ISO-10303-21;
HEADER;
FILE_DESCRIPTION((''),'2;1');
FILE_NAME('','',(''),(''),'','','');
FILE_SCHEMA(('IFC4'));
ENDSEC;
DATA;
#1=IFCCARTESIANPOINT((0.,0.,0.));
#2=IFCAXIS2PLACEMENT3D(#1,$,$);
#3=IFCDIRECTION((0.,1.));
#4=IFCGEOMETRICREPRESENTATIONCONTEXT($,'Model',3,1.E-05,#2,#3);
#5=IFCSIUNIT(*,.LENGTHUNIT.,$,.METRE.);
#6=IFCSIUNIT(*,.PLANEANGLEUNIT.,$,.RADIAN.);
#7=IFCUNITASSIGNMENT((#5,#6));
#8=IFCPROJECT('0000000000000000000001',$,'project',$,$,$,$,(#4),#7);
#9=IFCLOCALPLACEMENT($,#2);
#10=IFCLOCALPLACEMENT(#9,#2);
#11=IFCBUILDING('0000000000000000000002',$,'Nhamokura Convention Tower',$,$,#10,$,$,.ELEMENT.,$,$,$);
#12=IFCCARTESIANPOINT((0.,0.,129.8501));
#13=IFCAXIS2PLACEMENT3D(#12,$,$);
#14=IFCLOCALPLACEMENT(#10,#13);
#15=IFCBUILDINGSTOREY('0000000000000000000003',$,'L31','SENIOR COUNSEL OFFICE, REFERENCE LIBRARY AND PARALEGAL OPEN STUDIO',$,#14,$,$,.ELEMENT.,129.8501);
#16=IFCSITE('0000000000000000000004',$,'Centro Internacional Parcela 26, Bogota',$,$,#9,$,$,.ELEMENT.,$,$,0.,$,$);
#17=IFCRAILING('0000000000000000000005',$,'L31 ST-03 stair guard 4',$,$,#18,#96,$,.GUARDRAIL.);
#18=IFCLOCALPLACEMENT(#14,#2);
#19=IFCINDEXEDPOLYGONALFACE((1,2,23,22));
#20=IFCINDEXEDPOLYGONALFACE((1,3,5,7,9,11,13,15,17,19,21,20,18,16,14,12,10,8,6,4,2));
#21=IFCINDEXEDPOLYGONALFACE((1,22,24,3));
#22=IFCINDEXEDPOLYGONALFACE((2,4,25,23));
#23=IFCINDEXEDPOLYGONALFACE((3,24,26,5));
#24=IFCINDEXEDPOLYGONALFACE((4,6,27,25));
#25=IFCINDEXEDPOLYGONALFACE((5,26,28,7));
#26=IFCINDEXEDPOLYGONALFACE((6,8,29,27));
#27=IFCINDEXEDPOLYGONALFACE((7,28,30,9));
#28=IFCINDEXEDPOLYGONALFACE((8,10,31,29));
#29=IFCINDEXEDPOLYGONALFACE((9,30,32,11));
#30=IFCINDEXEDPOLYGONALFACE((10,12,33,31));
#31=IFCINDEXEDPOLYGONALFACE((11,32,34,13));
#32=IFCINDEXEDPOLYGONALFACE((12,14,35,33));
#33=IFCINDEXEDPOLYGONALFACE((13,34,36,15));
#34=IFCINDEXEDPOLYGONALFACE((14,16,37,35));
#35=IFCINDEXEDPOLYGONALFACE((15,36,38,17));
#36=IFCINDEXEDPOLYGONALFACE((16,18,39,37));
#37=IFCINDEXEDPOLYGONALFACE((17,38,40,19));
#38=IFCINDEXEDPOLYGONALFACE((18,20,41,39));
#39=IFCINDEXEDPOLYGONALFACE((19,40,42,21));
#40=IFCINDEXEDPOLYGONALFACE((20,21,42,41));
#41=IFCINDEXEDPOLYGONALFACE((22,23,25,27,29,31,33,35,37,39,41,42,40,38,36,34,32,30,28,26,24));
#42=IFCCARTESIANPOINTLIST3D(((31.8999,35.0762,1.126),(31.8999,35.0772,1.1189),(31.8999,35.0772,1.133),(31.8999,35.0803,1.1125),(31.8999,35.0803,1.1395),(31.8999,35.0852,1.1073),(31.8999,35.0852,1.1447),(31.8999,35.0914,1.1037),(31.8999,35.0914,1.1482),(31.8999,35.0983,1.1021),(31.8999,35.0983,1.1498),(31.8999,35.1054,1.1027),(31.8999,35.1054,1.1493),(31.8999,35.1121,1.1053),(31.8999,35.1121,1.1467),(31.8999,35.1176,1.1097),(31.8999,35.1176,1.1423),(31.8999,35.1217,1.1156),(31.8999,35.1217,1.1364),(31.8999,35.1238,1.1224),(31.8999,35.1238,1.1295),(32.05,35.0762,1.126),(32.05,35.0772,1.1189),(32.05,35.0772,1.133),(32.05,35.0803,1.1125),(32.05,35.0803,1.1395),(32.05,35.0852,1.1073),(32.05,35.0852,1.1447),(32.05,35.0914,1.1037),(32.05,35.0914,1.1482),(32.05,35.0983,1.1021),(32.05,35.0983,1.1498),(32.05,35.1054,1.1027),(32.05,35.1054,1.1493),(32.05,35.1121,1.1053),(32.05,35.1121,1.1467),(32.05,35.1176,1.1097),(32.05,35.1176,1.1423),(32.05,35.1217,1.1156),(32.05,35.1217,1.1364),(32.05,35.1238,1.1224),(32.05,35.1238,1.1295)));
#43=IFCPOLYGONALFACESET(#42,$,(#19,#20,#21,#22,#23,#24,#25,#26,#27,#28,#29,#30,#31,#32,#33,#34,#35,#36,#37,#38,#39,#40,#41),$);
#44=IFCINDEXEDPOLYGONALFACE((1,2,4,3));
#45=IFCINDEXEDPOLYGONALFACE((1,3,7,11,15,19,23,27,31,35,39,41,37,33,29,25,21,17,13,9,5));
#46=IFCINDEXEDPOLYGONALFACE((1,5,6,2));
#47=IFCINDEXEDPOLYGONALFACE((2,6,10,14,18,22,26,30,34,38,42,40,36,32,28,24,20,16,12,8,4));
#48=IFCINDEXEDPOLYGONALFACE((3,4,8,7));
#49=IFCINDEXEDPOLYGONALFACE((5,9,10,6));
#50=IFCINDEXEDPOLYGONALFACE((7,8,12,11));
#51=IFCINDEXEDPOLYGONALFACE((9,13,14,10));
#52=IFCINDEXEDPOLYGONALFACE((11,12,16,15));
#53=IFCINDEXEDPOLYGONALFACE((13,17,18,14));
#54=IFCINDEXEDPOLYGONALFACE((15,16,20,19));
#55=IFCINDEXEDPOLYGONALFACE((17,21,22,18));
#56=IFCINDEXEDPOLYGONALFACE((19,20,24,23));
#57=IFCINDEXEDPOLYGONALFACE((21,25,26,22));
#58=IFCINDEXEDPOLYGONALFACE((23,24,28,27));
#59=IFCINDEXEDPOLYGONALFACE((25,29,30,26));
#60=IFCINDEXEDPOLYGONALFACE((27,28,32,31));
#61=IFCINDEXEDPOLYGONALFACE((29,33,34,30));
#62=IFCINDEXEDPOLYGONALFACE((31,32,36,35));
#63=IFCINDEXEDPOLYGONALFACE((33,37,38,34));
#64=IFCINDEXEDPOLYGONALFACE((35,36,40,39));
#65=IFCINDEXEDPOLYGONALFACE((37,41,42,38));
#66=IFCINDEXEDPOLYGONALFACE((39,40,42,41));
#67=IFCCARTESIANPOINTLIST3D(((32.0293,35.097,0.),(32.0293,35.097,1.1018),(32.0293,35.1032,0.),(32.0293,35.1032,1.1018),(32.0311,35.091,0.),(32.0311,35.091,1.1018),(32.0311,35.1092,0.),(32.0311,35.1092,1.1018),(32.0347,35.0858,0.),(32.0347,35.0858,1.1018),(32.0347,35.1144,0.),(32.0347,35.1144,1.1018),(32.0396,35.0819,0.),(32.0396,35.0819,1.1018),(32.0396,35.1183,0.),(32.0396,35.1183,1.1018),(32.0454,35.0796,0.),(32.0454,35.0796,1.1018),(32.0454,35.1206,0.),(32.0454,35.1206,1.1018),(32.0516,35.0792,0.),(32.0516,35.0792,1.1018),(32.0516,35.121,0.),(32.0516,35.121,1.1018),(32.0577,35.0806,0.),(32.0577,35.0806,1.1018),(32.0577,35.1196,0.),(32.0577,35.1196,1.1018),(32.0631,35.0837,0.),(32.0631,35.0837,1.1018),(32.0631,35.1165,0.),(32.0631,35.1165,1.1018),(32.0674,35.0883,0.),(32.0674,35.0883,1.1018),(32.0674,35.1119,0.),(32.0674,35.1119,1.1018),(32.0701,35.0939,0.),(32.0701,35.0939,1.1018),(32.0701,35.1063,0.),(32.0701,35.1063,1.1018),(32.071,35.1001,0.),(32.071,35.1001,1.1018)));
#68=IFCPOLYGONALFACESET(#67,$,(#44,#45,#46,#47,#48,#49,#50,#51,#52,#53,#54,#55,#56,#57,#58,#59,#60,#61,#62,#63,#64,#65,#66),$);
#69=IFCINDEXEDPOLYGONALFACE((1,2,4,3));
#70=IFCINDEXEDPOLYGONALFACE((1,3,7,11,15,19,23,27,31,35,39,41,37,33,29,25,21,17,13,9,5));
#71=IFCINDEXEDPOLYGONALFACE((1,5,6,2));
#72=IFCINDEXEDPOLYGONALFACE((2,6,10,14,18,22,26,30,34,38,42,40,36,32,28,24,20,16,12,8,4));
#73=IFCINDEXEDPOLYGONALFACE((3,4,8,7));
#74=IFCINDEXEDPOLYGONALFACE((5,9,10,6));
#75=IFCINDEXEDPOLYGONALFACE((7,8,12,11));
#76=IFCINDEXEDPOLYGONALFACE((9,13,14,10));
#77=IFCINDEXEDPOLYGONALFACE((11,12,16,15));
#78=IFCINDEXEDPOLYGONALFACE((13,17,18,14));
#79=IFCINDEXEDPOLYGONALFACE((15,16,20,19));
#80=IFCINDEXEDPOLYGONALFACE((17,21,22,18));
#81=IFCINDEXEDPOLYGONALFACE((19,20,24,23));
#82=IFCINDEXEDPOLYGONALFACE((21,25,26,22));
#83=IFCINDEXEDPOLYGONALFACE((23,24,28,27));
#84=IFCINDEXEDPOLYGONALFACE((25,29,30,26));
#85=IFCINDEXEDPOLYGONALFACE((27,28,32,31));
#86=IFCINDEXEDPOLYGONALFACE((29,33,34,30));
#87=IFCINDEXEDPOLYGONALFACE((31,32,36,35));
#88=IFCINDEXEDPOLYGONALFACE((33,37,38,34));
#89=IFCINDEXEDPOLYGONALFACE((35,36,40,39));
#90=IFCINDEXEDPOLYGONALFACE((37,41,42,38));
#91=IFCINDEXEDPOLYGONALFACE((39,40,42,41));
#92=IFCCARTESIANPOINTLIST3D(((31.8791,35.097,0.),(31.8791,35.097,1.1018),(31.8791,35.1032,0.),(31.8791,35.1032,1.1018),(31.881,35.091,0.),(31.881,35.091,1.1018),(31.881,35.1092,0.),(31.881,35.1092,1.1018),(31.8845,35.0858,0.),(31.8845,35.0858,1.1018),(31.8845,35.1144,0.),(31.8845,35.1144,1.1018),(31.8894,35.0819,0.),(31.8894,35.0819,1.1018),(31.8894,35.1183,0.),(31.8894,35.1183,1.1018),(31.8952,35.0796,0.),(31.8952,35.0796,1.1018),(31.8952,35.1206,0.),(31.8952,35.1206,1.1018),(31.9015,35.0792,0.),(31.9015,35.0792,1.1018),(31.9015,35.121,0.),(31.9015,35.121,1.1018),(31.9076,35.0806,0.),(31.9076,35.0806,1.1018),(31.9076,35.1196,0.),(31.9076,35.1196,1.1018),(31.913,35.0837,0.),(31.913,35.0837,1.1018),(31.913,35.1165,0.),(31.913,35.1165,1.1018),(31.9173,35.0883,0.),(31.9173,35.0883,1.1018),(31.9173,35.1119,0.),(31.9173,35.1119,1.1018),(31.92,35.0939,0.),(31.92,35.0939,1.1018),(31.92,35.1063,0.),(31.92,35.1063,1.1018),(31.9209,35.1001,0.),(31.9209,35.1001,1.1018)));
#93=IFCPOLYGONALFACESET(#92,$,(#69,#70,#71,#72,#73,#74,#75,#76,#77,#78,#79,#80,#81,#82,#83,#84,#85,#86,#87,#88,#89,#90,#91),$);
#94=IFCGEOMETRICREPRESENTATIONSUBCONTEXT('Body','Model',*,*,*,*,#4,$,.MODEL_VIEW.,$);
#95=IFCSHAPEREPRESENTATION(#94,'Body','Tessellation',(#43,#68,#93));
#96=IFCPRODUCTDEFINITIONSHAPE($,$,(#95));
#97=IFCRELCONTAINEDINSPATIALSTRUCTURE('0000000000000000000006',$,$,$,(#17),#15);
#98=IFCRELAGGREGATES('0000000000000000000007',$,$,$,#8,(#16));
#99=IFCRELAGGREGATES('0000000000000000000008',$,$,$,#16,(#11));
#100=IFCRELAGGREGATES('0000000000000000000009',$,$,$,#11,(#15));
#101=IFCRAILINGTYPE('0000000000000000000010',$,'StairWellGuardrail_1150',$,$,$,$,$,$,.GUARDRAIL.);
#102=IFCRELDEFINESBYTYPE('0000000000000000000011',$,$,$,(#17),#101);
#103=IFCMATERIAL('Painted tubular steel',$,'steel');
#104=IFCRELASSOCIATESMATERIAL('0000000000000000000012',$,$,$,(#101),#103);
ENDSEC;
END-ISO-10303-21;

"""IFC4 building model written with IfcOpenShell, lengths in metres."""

from ifc_helpers import new_model, si_unit, direction, frame, origin, origin_2d, place, context, subcontext, project, spatial, circle, extrude, material, type_object, element, save


model = new_model("IFC4")

# Units and contexts
model_context = context("Model", 3, precision=1e-05, world=origin(), true_north=direction((0.0, 1.0)))
body_context = subcontext(model_context, "Body", "Model", "MODEL_VIEW")
ifc_project = project(units=[si_unit("LENGTHUNIT", "METRE"), si_unit("PLANEANGLEUNIT", "RADIAN")], contexts=[model_context])

# Site, building, storey
site_placement = place(None, origin())
site = spatial("IfcSite", under=ifc_project, at=site_placement, Name="Centro Internacional Parcela 26, Bogota", CompositionType="ELEMENT", RefElevation=0.0)
building_placement = place(site_placement, origin())
building = spatial("IfcBuilding", under=site, at=building_placement, Name="Nhamokura Convention Tower", CompositionType="ELEMENT")
storey_placement = place(building_placement, frame((0.0, 0.0, 129.8501)))
storey = spatial("IfcBuildingStorey", under=building, at=storey_placement, Name="L31", Description="SENIOR COUNSEL OFFICE, REFERENCE LIBRARY AND PARALEGAL OPEN STUDIO", CompositionType="ELEMENT", Elevation=129.8501)

# Railing
ifc_material_1 = material(Name="Painted tubular steel", Category="steel")
railing_type_1 = type_object("IfcRailingType", Name="StairWellGuardrail_1150", PredefinedType="GUARDRAIL", material=ifc_material_1)
railing_1_placement = place(storey_placement, frame((32.05, 35.1001, 0.0)))
element("IfcRailing", 1, at=railing_1_placement, inside=storey, type_object=railing_type_1, Name="L31 ST-03 stair guard 4", PredefinedType="GUARDRAIL", context=body_context, shape_type="SweptSolid", body=[
    extrude(circle(Radius=0.0239, at=origin_2d()), frame((0.0, 0.0, 1.126), z_axis=(-1.0, 0.0, 0.0), x_axis=(0.0, -1.0, 0.0)), (0.0, 0.0, 1.0), 0.1501),
    extrude(circle(Radius=0.021, at=origin_2d()), origin(), (0.0, 0.0, 1.0), 1.1018),
    extrude(circle(Radius=0.021, at=origin_2d()), frame((-0.1501, 0.0, 0.0)), (0.0, 0.0, 1.0), 1.1018),
])

save(model, "model.ifc")
